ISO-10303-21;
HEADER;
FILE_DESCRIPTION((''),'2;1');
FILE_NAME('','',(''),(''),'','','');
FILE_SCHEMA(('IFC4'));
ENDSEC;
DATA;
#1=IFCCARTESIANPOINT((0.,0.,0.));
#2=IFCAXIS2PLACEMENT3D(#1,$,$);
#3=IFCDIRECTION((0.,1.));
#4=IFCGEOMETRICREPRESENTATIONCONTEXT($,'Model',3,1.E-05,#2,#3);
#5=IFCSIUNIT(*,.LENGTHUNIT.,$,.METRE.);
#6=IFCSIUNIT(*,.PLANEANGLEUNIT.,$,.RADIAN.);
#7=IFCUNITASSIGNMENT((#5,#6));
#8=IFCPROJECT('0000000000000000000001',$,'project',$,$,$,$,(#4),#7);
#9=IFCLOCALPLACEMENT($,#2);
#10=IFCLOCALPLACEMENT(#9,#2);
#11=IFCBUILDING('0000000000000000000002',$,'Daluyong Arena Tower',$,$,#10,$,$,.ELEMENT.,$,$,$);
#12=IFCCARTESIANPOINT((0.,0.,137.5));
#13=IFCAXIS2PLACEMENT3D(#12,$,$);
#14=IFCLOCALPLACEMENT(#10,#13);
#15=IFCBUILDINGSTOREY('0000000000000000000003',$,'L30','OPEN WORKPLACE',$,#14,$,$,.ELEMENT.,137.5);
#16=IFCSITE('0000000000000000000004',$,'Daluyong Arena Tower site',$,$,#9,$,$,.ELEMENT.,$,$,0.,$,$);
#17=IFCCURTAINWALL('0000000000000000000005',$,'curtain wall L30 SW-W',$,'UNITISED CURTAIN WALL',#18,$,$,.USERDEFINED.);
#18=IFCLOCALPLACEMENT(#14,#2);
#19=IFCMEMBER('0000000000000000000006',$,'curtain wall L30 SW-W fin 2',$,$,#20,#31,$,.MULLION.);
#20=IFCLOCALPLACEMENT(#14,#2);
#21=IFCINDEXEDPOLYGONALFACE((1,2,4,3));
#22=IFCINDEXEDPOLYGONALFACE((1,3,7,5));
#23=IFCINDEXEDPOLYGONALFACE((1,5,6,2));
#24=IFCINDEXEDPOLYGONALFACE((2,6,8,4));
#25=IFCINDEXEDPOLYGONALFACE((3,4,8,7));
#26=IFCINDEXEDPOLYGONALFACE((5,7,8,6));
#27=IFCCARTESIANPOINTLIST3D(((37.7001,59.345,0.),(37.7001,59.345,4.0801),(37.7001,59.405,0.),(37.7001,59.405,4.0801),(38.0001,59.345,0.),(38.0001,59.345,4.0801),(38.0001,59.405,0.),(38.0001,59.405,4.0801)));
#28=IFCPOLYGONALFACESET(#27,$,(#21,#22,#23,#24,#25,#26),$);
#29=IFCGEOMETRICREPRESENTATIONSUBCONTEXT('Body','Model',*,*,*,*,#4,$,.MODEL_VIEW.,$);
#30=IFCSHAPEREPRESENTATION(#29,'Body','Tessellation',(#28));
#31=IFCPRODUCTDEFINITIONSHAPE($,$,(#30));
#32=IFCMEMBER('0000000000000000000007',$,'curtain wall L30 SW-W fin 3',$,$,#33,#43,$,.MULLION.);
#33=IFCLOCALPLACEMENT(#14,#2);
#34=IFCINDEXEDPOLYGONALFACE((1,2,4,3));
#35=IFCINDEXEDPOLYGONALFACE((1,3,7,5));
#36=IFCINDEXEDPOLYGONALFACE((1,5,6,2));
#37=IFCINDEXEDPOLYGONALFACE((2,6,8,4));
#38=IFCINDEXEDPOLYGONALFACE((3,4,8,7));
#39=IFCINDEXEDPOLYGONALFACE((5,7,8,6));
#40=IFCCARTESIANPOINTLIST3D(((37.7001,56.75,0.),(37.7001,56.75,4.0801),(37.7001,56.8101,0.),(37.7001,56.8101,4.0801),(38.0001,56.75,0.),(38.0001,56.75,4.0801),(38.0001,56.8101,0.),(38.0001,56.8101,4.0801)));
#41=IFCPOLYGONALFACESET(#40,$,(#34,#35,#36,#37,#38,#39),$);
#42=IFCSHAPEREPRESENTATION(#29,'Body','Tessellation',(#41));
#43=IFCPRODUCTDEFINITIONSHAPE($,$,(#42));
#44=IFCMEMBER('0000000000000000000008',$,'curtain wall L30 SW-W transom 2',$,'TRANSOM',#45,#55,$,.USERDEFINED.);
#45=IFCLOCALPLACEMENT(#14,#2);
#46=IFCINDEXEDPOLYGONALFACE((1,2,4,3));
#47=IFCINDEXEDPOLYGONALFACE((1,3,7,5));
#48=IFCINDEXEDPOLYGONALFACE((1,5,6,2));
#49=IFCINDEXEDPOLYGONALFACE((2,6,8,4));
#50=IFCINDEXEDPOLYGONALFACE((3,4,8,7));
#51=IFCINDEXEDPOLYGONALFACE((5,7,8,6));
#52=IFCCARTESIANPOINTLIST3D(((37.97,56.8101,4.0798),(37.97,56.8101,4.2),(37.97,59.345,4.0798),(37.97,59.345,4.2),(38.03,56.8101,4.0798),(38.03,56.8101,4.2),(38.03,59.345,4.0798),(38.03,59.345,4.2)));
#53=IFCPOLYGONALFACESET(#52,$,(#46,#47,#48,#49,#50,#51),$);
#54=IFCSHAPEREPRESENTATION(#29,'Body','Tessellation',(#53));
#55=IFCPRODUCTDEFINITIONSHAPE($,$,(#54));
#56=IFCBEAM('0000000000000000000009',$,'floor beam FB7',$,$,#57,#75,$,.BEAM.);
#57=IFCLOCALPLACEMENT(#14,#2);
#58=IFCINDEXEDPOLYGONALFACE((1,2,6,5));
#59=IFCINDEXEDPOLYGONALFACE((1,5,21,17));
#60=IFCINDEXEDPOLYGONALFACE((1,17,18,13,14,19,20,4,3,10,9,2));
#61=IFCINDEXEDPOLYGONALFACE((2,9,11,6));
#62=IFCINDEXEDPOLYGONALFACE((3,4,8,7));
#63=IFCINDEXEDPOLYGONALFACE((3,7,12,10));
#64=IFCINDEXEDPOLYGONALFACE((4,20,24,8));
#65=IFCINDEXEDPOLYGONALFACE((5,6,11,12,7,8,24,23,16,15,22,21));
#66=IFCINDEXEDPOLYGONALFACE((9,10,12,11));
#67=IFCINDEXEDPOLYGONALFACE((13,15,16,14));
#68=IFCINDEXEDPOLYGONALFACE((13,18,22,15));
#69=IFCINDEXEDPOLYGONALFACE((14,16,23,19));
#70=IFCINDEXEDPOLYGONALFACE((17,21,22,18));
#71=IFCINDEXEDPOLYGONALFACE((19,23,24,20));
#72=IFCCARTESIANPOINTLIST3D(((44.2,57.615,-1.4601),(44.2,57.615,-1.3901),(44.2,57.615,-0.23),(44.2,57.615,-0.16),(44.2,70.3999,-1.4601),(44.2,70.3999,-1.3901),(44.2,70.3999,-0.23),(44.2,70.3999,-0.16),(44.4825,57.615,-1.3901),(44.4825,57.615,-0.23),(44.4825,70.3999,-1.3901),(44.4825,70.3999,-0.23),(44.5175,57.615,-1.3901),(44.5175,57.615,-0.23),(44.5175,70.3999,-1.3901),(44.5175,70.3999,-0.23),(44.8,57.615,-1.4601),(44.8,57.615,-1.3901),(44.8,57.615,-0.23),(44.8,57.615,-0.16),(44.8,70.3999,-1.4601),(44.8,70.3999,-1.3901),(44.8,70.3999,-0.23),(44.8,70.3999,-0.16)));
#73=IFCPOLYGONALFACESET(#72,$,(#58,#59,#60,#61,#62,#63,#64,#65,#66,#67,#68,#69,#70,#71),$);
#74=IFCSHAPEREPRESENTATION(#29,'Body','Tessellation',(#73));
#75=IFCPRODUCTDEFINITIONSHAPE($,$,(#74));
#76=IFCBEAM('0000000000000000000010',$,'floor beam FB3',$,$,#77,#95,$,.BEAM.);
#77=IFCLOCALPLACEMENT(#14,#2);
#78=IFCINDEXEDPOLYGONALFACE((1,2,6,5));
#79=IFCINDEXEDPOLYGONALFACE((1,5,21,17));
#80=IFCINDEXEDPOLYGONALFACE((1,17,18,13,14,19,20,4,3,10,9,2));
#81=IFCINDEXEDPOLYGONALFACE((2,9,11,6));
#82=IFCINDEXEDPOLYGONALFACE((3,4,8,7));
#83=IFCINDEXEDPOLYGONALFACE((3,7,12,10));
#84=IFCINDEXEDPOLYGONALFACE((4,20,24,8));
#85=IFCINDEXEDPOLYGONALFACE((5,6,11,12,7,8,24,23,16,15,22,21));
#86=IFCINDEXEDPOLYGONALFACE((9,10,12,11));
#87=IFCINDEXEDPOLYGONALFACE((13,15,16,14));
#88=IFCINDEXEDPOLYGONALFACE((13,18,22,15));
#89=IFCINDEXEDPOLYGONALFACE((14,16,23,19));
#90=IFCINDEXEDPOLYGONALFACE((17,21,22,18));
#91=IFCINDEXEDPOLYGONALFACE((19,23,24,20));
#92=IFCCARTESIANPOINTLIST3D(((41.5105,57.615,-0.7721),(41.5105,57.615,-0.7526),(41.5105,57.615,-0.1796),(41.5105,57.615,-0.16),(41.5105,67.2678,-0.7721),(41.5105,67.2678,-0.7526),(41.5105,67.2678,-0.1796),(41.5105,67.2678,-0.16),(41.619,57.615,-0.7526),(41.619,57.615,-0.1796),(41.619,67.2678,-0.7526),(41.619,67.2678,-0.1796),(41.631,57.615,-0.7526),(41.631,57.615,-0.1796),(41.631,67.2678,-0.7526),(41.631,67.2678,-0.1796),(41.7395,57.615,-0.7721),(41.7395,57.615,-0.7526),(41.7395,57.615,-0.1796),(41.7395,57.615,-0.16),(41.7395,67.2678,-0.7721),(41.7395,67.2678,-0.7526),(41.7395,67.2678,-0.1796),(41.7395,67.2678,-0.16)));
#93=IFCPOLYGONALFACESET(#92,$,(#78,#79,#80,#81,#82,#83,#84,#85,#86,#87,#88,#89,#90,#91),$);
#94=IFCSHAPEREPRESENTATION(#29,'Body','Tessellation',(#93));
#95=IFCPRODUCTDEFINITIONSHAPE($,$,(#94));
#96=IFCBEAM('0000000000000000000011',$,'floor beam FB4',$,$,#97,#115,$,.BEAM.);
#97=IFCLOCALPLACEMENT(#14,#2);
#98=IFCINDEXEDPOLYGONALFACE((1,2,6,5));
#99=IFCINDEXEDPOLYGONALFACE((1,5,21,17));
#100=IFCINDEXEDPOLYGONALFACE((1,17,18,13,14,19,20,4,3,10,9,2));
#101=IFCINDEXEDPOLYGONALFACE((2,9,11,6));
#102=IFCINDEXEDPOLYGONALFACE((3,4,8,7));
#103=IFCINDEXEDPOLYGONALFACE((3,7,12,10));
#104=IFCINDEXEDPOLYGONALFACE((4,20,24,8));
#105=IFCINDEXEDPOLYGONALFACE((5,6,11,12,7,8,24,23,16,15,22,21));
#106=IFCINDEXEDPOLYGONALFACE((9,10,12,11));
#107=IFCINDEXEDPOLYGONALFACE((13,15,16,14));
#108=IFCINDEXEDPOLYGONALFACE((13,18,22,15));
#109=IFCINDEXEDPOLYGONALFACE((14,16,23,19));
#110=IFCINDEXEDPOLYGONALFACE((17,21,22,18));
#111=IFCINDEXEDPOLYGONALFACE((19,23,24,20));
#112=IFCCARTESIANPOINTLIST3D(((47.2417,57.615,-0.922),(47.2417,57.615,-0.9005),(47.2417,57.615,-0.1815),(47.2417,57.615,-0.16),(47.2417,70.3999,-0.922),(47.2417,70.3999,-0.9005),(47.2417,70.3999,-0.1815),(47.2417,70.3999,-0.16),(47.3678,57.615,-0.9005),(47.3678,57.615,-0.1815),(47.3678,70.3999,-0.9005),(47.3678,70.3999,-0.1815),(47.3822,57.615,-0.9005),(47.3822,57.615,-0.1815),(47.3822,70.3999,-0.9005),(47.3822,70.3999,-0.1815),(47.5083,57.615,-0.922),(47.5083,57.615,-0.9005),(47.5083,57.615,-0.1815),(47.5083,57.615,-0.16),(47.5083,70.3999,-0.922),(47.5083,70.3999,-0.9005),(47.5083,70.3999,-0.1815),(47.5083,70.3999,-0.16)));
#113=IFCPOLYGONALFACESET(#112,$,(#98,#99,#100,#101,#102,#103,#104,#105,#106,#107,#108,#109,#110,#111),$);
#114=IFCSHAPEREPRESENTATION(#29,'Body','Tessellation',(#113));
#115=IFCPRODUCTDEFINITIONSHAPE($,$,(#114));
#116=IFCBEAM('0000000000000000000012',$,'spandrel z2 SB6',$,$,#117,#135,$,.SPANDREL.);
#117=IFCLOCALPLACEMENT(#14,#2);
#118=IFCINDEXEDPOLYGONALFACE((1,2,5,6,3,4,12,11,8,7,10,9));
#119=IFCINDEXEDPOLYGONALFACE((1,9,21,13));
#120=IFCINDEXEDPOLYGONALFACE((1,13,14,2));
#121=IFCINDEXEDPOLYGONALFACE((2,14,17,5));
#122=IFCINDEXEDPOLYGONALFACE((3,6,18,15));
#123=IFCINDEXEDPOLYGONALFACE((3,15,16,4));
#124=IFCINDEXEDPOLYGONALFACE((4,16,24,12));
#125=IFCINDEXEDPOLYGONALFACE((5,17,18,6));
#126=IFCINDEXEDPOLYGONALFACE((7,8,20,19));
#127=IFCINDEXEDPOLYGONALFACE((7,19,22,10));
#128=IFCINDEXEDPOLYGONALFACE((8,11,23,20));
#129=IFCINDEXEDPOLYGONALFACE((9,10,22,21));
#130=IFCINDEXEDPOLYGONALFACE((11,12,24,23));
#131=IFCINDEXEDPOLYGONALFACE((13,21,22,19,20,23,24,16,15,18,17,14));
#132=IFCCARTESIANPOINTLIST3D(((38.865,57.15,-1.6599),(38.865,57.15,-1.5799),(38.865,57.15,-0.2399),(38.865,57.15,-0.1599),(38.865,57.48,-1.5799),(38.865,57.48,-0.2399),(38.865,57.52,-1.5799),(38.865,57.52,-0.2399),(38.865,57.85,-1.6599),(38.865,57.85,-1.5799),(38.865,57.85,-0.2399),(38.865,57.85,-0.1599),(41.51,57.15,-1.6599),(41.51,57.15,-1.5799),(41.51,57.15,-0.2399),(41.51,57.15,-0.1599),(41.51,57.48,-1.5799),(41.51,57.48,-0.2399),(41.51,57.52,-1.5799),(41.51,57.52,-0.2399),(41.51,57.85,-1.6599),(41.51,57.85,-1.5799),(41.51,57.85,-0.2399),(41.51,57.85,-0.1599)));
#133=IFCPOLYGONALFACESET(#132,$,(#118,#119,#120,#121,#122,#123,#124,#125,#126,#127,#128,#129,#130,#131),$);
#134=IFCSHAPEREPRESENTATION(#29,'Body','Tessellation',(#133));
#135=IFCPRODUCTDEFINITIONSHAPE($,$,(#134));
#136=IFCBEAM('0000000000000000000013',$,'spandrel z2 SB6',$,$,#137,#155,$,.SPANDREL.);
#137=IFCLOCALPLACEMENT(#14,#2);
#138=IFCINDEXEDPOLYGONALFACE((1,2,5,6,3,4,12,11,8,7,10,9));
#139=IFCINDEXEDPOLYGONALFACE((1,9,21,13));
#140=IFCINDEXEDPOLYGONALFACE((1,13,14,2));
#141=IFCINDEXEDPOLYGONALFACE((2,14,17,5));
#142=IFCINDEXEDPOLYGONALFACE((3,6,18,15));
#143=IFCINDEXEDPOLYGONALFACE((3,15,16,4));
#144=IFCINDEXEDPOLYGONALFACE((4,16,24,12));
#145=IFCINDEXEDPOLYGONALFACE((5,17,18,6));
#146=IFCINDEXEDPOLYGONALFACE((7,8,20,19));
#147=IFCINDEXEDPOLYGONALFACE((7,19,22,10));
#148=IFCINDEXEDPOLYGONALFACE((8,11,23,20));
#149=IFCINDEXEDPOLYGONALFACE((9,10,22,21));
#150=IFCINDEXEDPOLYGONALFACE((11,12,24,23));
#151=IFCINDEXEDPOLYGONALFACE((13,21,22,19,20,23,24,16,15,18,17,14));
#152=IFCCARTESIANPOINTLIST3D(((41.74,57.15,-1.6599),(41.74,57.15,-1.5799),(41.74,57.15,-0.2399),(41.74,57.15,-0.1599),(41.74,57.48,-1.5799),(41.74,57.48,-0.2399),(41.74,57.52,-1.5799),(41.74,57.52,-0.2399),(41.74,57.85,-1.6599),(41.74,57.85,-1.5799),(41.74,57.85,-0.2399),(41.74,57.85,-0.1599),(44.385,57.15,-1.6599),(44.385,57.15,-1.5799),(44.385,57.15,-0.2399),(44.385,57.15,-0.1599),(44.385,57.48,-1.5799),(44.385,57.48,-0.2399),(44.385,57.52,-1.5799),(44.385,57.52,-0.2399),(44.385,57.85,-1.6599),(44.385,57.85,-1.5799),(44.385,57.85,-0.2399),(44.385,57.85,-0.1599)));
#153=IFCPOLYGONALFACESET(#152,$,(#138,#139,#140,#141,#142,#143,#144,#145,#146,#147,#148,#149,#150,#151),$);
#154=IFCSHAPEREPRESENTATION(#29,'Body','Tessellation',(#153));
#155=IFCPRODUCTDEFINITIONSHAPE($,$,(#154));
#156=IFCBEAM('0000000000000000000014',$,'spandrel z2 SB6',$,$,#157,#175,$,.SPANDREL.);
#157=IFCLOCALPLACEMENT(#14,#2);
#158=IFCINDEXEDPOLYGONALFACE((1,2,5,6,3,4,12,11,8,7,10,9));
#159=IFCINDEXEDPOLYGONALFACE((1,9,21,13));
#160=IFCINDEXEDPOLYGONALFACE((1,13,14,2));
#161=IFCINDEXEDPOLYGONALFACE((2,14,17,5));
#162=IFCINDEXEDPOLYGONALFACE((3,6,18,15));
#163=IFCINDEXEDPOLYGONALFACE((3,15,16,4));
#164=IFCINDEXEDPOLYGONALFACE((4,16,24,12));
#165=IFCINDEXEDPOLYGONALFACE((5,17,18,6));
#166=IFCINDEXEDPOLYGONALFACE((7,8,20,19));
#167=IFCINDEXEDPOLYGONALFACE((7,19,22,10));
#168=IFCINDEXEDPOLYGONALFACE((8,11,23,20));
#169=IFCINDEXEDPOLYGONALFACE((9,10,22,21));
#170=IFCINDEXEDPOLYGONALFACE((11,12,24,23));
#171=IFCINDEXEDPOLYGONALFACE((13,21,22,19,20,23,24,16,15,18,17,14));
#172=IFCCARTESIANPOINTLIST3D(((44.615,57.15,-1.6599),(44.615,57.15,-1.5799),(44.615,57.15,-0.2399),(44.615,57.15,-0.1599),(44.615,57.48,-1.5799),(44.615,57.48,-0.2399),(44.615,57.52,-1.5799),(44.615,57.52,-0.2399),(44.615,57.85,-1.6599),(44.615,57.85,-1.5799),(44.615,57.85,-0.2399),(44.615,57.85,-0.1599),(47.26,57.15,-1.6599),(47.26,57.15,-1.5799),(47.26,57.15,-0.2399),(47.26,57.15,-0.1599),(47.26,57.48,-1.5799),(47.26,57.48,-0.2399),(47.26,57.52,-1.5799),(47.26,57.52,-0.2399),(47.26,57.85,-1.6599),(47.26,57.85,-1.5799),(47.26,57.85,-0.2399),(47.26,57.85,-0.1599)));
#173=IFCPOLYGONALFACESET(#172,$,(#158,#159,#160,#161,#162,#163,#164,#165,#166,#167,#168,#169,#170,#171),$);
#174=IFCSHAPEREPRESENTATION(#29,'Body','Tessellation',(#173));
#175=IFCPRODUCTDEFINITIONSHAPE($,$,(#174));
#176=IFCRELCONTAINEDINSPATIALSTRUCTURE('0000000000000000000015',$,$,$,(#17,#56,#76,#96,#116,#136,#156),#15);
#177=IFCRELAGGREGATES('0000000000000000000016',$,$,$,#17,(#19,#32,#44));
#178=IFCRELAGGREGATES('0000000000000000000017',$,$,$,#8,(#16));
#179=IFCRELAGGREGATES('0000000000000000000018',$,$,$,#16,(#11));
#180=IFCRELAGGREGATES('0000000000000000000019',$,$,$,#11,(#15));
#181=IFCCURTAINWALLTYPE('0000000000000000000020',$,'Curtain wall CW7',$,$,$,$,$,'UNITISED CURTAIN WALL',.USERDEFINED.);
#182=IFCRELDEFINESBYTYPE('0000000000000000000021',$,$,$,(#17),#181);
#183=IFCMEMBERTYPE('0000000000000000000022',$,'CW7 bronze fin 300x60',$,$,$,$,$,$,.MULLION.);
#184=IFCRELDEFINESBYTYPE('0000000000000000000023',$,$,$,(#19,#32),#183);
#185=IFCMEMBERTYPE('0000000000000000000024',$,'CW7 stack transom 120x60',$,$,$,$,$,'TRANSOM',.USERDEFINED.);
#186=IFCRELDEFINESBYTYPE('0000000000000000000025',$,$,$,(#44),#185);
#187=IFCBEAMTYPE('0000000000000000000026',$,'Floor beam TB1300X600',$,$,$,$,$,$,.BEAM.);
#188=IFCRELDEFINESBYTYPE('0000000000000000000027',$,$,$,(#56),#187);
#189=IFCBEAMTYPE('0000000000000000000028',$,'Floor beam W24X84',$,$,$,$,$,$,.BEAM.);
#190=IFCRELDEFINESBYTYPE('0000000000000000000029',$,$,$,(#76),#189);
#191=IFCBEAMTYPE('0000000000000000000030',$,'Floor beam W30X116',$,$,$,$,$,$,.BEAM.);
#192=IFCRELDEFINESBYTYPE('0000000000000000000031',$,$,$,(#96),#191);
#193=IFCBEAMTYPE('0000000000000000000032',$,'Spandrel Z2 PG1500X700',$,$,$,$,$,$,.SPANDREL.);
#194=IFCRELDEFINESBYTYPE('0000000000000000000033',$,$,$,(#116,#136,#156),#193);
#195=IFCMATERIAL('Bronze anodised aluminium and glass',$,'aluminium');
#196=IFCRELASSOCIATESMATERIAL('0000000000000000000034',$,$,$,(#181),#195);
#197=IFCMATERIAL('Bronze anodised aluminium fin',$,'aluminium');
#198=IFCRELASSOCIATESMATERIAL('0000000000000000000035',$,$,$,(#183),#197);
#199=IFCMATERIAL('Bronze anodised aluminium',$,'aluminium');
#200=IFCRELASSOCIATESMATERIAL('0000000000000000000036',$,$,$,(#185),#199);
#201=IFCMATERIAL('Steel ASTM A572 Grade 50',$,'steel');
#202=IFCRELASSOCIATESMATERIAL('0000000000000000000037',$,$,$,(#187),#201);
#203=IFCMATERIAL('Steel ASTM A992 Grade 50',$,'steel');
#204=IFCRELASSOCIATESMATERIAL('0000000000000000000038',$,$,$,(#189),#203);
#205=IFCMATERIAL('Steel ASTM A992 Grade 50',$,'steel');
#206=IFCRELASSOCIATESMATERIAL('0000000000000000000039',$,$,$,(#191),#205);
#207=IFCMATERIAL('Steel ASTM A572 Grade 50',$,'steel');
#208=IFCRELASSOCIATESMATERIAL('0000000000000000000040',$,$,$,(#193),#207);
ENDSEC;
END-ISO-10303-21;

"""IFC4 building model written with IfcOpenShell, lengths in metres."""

from ifc_helpers import new_model, si_unit, direction, frame, origin, origin_2d, place, context, subcontext, project, spatial, rectangle, i_section, extrude, material, material_profile, profile_set, type_object, element, aggregate, save


model = new_model("IFC4")

# Units and contexts
model_context = context("Model", 3, precision=1e-05, world=origin(), true_north=direction((0.0, 1.0)))
body_context = subcontext(model_context, "Body", "Model", "MODEL_VIEW")
ifc_project = project(units=[si_unit("LENGTHUNIT", "METRE"), si_unit("PLANEANGLEUNIT", "RADIAN")], contexts=[model_context])

# Site, building, storey
site_placement = place(None, origin())
site = spatial("IfcSite", under=ifc_project, at=site_placement, Name="Daluyong Arena Tower site", CompositionType="ELEMENT", RefElevation=0.0)
building_placement = place(site_placement, origin())
building = spatial("IfcBuilding", under=site, at=building_placement, Name="Daluyong Arena Tower", CompositionType="ELEMENT")
storey_placement = place(building_placement, frame((0.0, 0.0, 137.5)))
storey = spatial("IfcBuildingStorey", under=building, at=storey_placement, Name="L30", Description="OPEN WORKPLACE", CompositionType="ELEMENT", Elevation=137.5)

# Curtain wall, members
ifc_material_1 = material(Name="Bronze anodised aluminium and glass", Category="aluminium")
curtain_wall_type_1 = type_object("IfcCurtainWallType", Name="Curtain wall CW7", ElementType="UNITISED CURTAIN WALL", PredefinedType="USERDEFINED", material=ifc_material_1)
curtain_wall_1_placement = place(storey_placement, origin())
curtain_wall_1 = element("IfcCurtainWall", 1, at=curtain_wall_1_placement, inside=storey, type_object=curtain_wall_type_1, Name="curtain wall L30 SW-W", ObjectType="UNITISED CURTAIN WALL", PredefinedType="USERDEFINED")
ifc_material_2 = material(Name="Bronze anodised aluminium fin", Category="aluminium")
ifc_material_profile_1 = material_profile(ifc_material_2, rectangle(XDim=0.3, YDim=0.0601, at=origin_2d()))
ifc_profile_set_1 = profile_set([ifc_material_profile_1], Name="Bronze anodised aluminium fin")
member_type_1 = type_object("IfcMemberType", Name="CW7 bronze fin 300x60", PredefinedType="MULLION", material=ifc_profile_set_1)
member_1_placement = place(storey_placement, frame((37.8501, 59.375, 0.0), z_axis=(0.0, 0.0, 1.0), x_axis=(1.0, 0.0, 0.0)))
member_1 = element("IfcMember", 2, at=member_1_placement, type_object=member_type_1, Name="curtain wall L30 SW-W fin 2", PredefinedType="MULLION", context=body_context, shape_type="SweptSolid", body=[
    extrude(rectangle(XDim=0.3, YDim=0.0601, at=origin_2d()), origin(), (0.0, 0.0, 1.0), 4.0801),
])
member_2_placement = place(storey_placement, frame((37.8501, 56.78, 0.0), z_axis=(0.0, 0.0, 1.0), x_axis=(1.0, 0.0, 0.0)))
member_2 = element("IfcMember", 3, at=member_2_placement, type_object=member_type_1, Name="curtain wall L30 SW-W fin 3", PredefinedType="MULLION", context=body_context, shape_type="SweptSolid", body=[
    extrude(rectangle(XDim=0.3, YDim=0.0601, at=origin_2d()), origin(), (0.0, 0.0, 1.0), 4.0801),
])
ifc_material_3 = material(Name="Bronze anodised aluminium", Category="aluminium")
ifc_material_profile_2 = material_profile(ifc_material_3, rectangle(XDim=0.0601, YDim=0.1201, at=origin_2d()))
ifc_profile_set_2 = profile_set([ifc_material_profile_2], Name="Bronze anodised aluminium")
member_type_2 = type_object("IfcMemberType", Name="CW7 stack transom 120x60", ElementType="TRANSOM", PredefinedType="USERDEFINED", material=ifc_profile_set_2)
member_3_placement = place(storey_placement, frame((38.0, 59.345, 4.1399), z_axis=(0.0, -1.0, 0.0), x_axis=(1.0, 0.0, 0.0)))
member_3 = element("IfcMember", 4, at=member_3_placement, type_object=member_type_2, Name="curtain wall L30 SW-W transom 2", ObjectType="TRANSOM", PredefinedType="USERDEFINED", context=body_context, shape_type="SweptSolid", body=[
    extrude(rectangle(XDim=0.0601, YDim=0.1201, at=origin_2d()), origin(), (0.0, 0.0, 1.0), 2.5349),
])

# Beams
ifc_material_4 = material(Name="Steel ASTM A572 Grade 50", Category="steel")
ifc_material_profile_3 = material_profile(ifc_material_4, i_section(OverallWidth=0.6001, OverallDepth=1.3, WebThickness=0.035, FlangeThickness=0.07, at=origin_2d()))
ifc_profile_set_3 = profile_set([ifc_material_profile_3], Name="Steel ASTM A572 Grade 50")
beam_type_1 = type_object("IfcBeamType", Name="Floor beam TB1300X600", PredefinedType="BEAM", material=ifc_profile_set_3)
beam_1_placement = place(storey_placement, frame((44.5, 57.615, -0.8101), z_axis=(0.0, 1.0, 0.0), x_axis=(-1.0, 0.0, 0.0)))
element("IfcBeam", 5, at=beam_1_placement, inside=storey, type_object=beam_type_1, Name="floor beam FB7", PredefinedType="BEAM", context=body_context, shape_type="SweptSolid", body=[
    extrude(i_section(OverallWidth=0.6001, OverallDepth=1.3, WebThickness=0.035, FlangeThickness=0.07, at=origin_2d()), origin(), (0.0, 0.0, 1.0), 12.7849),
])
ifc_material_5 = material(Name="Steel ASTM A992 Grade 50", Category="steel")
ifc_material_profile_4 = material_profile(ifc_material_5, i_section(OverallWidth=0.229, OverallDepth=0.6121, WebThickness=0.012, FlangeThickness=0.0195, at=origin_2d()))
ifc_profile_set_4 = profile_set([ifc_material_profile_4], Name="Steel ASTM A992 Grade 50")
beam_type_2 = type_object("IfcBeamType", Name="Floor beam W24X84", PredefinedType="BEAM", material=ifc_profile_set_4)
beam_2_placement = place(storey_placement, frame((41.625, 57.615, -0.4661), z_axis=(0.0, 1.0, 0.0), x_axis=(-1.0, 0.0, 0.0)))
element("IfcBeam", 6, at=beam_2_placement, inside=storey, type_object=beam_type_2, Name="floor beam FB3", PredefinedType="BEAM", context=body_context, shape_type="SweptSolid", body=[
    extrude(i_section(OverallWidth=0.229, OverallDepth=0.6121, WebThickness=0.012, FlangeThickness=0.0195, at=origin_2d()), origin(), (0.0, 0.0, 1.0), 9.6528),
])
ifc_material_6 = material(Name="Steel ASTM A992 Grade 50", Category="steel")
ifc_material_profile_5 = material_profile(ifc_material_6, i_section(OverallWidth=0.2666, OverallDepth=0.762, WebThickness=0.0144, FlangeThickness=0.0215, at=origin_2d()))
ifc_profile_set_5 = profile_set([ifc_material_profile_5], Name="Steel ASTM A992 Grade 50")
beam_type_3 = type_object("IfcBeamType", Name="Floor beam W30X116", PredefinedType="BEAM", material=ifc_profile_set_5)
beam_3_placement = place(storey_placement, frame((47.375, 57.615, -0.541), z_axis=(0.0, 1.0, 0.0), x_axis=(-1.0, 0.0, 0.0)))
element("IfcBeam", 7, at=beam_3_placement, inside=storey, type_object=beam_type_3, Name="floor beam FB4", PredefinedType="BEAM", context=body_context, shape_type="SweptSolid", body=[
    extrude(i_section(OverallWidth=0.2666, OverallDepth=0.762, WebThickness=0.0144, FlangeThickness=0.0215, at=origin_2d()), origin(), (0.0, 0.0, 1.0), 12.7849),
])
ifc_material_7 = material(Name="Steel ASTM A572 Grade 50", Category="steel")
ifc_material_profile_6 = material_profile(ifc_material_7, i_section(OverallWidth=0.7, OverallDepth=1.5, WebThickness=0.04, FlangeThickness=0.08, at=origin_2d()))
ifc_profile_set_6 = profile_set([ifc_material_profile_6], Name="Steel ASTM A572 Grade 50")
beam_type_4 = type_object("IfcBeamType", Name="Spandrel Z2 PG1500X700", PredefinedType="SPANDREL", material=ifc_profile_set_6)
for number, where, z_axis, x_axis, name in (
    (8, (38.865, 57.5, -0.9099), (1.0, 0.0, 0.0), (0.0, 1.0, 0.0), "spandrel z2 SB6"),
    (9, (41.74, 57.5, -0.9099), (1.0, 0.0, 0.0), (0.0, 1.0, 0.0), "spandrel z2 SB6"),
    (10, (44.615, 57.5, -0.9099), (1.0, 0.0, 0.0), (0.0, 1.0, 0.0), "spandrel z2 SB6"),
):
    element("IfcBeam", number, at=place(storey_placement, frame(where, z_axis=z_axis, x_axis=x_axis)), inside=storey, type_object=beam_type_4, Name=name, PredefinedType="SPANDREL", context=body_context, shape_type="SweptSolid", body=[
        extrude(i_section(OverallWidth=0.7, OverallDepth=1.5, WebThickness=0.04, FlangeThickness=0.08, at=origin_2d()), origin(), (0.0, 0.0, 1.0), 2.645),
    ])

aggregate(curtain_wall_1, [member_1, member_2, member_3])

save(model, "model.ifc")
